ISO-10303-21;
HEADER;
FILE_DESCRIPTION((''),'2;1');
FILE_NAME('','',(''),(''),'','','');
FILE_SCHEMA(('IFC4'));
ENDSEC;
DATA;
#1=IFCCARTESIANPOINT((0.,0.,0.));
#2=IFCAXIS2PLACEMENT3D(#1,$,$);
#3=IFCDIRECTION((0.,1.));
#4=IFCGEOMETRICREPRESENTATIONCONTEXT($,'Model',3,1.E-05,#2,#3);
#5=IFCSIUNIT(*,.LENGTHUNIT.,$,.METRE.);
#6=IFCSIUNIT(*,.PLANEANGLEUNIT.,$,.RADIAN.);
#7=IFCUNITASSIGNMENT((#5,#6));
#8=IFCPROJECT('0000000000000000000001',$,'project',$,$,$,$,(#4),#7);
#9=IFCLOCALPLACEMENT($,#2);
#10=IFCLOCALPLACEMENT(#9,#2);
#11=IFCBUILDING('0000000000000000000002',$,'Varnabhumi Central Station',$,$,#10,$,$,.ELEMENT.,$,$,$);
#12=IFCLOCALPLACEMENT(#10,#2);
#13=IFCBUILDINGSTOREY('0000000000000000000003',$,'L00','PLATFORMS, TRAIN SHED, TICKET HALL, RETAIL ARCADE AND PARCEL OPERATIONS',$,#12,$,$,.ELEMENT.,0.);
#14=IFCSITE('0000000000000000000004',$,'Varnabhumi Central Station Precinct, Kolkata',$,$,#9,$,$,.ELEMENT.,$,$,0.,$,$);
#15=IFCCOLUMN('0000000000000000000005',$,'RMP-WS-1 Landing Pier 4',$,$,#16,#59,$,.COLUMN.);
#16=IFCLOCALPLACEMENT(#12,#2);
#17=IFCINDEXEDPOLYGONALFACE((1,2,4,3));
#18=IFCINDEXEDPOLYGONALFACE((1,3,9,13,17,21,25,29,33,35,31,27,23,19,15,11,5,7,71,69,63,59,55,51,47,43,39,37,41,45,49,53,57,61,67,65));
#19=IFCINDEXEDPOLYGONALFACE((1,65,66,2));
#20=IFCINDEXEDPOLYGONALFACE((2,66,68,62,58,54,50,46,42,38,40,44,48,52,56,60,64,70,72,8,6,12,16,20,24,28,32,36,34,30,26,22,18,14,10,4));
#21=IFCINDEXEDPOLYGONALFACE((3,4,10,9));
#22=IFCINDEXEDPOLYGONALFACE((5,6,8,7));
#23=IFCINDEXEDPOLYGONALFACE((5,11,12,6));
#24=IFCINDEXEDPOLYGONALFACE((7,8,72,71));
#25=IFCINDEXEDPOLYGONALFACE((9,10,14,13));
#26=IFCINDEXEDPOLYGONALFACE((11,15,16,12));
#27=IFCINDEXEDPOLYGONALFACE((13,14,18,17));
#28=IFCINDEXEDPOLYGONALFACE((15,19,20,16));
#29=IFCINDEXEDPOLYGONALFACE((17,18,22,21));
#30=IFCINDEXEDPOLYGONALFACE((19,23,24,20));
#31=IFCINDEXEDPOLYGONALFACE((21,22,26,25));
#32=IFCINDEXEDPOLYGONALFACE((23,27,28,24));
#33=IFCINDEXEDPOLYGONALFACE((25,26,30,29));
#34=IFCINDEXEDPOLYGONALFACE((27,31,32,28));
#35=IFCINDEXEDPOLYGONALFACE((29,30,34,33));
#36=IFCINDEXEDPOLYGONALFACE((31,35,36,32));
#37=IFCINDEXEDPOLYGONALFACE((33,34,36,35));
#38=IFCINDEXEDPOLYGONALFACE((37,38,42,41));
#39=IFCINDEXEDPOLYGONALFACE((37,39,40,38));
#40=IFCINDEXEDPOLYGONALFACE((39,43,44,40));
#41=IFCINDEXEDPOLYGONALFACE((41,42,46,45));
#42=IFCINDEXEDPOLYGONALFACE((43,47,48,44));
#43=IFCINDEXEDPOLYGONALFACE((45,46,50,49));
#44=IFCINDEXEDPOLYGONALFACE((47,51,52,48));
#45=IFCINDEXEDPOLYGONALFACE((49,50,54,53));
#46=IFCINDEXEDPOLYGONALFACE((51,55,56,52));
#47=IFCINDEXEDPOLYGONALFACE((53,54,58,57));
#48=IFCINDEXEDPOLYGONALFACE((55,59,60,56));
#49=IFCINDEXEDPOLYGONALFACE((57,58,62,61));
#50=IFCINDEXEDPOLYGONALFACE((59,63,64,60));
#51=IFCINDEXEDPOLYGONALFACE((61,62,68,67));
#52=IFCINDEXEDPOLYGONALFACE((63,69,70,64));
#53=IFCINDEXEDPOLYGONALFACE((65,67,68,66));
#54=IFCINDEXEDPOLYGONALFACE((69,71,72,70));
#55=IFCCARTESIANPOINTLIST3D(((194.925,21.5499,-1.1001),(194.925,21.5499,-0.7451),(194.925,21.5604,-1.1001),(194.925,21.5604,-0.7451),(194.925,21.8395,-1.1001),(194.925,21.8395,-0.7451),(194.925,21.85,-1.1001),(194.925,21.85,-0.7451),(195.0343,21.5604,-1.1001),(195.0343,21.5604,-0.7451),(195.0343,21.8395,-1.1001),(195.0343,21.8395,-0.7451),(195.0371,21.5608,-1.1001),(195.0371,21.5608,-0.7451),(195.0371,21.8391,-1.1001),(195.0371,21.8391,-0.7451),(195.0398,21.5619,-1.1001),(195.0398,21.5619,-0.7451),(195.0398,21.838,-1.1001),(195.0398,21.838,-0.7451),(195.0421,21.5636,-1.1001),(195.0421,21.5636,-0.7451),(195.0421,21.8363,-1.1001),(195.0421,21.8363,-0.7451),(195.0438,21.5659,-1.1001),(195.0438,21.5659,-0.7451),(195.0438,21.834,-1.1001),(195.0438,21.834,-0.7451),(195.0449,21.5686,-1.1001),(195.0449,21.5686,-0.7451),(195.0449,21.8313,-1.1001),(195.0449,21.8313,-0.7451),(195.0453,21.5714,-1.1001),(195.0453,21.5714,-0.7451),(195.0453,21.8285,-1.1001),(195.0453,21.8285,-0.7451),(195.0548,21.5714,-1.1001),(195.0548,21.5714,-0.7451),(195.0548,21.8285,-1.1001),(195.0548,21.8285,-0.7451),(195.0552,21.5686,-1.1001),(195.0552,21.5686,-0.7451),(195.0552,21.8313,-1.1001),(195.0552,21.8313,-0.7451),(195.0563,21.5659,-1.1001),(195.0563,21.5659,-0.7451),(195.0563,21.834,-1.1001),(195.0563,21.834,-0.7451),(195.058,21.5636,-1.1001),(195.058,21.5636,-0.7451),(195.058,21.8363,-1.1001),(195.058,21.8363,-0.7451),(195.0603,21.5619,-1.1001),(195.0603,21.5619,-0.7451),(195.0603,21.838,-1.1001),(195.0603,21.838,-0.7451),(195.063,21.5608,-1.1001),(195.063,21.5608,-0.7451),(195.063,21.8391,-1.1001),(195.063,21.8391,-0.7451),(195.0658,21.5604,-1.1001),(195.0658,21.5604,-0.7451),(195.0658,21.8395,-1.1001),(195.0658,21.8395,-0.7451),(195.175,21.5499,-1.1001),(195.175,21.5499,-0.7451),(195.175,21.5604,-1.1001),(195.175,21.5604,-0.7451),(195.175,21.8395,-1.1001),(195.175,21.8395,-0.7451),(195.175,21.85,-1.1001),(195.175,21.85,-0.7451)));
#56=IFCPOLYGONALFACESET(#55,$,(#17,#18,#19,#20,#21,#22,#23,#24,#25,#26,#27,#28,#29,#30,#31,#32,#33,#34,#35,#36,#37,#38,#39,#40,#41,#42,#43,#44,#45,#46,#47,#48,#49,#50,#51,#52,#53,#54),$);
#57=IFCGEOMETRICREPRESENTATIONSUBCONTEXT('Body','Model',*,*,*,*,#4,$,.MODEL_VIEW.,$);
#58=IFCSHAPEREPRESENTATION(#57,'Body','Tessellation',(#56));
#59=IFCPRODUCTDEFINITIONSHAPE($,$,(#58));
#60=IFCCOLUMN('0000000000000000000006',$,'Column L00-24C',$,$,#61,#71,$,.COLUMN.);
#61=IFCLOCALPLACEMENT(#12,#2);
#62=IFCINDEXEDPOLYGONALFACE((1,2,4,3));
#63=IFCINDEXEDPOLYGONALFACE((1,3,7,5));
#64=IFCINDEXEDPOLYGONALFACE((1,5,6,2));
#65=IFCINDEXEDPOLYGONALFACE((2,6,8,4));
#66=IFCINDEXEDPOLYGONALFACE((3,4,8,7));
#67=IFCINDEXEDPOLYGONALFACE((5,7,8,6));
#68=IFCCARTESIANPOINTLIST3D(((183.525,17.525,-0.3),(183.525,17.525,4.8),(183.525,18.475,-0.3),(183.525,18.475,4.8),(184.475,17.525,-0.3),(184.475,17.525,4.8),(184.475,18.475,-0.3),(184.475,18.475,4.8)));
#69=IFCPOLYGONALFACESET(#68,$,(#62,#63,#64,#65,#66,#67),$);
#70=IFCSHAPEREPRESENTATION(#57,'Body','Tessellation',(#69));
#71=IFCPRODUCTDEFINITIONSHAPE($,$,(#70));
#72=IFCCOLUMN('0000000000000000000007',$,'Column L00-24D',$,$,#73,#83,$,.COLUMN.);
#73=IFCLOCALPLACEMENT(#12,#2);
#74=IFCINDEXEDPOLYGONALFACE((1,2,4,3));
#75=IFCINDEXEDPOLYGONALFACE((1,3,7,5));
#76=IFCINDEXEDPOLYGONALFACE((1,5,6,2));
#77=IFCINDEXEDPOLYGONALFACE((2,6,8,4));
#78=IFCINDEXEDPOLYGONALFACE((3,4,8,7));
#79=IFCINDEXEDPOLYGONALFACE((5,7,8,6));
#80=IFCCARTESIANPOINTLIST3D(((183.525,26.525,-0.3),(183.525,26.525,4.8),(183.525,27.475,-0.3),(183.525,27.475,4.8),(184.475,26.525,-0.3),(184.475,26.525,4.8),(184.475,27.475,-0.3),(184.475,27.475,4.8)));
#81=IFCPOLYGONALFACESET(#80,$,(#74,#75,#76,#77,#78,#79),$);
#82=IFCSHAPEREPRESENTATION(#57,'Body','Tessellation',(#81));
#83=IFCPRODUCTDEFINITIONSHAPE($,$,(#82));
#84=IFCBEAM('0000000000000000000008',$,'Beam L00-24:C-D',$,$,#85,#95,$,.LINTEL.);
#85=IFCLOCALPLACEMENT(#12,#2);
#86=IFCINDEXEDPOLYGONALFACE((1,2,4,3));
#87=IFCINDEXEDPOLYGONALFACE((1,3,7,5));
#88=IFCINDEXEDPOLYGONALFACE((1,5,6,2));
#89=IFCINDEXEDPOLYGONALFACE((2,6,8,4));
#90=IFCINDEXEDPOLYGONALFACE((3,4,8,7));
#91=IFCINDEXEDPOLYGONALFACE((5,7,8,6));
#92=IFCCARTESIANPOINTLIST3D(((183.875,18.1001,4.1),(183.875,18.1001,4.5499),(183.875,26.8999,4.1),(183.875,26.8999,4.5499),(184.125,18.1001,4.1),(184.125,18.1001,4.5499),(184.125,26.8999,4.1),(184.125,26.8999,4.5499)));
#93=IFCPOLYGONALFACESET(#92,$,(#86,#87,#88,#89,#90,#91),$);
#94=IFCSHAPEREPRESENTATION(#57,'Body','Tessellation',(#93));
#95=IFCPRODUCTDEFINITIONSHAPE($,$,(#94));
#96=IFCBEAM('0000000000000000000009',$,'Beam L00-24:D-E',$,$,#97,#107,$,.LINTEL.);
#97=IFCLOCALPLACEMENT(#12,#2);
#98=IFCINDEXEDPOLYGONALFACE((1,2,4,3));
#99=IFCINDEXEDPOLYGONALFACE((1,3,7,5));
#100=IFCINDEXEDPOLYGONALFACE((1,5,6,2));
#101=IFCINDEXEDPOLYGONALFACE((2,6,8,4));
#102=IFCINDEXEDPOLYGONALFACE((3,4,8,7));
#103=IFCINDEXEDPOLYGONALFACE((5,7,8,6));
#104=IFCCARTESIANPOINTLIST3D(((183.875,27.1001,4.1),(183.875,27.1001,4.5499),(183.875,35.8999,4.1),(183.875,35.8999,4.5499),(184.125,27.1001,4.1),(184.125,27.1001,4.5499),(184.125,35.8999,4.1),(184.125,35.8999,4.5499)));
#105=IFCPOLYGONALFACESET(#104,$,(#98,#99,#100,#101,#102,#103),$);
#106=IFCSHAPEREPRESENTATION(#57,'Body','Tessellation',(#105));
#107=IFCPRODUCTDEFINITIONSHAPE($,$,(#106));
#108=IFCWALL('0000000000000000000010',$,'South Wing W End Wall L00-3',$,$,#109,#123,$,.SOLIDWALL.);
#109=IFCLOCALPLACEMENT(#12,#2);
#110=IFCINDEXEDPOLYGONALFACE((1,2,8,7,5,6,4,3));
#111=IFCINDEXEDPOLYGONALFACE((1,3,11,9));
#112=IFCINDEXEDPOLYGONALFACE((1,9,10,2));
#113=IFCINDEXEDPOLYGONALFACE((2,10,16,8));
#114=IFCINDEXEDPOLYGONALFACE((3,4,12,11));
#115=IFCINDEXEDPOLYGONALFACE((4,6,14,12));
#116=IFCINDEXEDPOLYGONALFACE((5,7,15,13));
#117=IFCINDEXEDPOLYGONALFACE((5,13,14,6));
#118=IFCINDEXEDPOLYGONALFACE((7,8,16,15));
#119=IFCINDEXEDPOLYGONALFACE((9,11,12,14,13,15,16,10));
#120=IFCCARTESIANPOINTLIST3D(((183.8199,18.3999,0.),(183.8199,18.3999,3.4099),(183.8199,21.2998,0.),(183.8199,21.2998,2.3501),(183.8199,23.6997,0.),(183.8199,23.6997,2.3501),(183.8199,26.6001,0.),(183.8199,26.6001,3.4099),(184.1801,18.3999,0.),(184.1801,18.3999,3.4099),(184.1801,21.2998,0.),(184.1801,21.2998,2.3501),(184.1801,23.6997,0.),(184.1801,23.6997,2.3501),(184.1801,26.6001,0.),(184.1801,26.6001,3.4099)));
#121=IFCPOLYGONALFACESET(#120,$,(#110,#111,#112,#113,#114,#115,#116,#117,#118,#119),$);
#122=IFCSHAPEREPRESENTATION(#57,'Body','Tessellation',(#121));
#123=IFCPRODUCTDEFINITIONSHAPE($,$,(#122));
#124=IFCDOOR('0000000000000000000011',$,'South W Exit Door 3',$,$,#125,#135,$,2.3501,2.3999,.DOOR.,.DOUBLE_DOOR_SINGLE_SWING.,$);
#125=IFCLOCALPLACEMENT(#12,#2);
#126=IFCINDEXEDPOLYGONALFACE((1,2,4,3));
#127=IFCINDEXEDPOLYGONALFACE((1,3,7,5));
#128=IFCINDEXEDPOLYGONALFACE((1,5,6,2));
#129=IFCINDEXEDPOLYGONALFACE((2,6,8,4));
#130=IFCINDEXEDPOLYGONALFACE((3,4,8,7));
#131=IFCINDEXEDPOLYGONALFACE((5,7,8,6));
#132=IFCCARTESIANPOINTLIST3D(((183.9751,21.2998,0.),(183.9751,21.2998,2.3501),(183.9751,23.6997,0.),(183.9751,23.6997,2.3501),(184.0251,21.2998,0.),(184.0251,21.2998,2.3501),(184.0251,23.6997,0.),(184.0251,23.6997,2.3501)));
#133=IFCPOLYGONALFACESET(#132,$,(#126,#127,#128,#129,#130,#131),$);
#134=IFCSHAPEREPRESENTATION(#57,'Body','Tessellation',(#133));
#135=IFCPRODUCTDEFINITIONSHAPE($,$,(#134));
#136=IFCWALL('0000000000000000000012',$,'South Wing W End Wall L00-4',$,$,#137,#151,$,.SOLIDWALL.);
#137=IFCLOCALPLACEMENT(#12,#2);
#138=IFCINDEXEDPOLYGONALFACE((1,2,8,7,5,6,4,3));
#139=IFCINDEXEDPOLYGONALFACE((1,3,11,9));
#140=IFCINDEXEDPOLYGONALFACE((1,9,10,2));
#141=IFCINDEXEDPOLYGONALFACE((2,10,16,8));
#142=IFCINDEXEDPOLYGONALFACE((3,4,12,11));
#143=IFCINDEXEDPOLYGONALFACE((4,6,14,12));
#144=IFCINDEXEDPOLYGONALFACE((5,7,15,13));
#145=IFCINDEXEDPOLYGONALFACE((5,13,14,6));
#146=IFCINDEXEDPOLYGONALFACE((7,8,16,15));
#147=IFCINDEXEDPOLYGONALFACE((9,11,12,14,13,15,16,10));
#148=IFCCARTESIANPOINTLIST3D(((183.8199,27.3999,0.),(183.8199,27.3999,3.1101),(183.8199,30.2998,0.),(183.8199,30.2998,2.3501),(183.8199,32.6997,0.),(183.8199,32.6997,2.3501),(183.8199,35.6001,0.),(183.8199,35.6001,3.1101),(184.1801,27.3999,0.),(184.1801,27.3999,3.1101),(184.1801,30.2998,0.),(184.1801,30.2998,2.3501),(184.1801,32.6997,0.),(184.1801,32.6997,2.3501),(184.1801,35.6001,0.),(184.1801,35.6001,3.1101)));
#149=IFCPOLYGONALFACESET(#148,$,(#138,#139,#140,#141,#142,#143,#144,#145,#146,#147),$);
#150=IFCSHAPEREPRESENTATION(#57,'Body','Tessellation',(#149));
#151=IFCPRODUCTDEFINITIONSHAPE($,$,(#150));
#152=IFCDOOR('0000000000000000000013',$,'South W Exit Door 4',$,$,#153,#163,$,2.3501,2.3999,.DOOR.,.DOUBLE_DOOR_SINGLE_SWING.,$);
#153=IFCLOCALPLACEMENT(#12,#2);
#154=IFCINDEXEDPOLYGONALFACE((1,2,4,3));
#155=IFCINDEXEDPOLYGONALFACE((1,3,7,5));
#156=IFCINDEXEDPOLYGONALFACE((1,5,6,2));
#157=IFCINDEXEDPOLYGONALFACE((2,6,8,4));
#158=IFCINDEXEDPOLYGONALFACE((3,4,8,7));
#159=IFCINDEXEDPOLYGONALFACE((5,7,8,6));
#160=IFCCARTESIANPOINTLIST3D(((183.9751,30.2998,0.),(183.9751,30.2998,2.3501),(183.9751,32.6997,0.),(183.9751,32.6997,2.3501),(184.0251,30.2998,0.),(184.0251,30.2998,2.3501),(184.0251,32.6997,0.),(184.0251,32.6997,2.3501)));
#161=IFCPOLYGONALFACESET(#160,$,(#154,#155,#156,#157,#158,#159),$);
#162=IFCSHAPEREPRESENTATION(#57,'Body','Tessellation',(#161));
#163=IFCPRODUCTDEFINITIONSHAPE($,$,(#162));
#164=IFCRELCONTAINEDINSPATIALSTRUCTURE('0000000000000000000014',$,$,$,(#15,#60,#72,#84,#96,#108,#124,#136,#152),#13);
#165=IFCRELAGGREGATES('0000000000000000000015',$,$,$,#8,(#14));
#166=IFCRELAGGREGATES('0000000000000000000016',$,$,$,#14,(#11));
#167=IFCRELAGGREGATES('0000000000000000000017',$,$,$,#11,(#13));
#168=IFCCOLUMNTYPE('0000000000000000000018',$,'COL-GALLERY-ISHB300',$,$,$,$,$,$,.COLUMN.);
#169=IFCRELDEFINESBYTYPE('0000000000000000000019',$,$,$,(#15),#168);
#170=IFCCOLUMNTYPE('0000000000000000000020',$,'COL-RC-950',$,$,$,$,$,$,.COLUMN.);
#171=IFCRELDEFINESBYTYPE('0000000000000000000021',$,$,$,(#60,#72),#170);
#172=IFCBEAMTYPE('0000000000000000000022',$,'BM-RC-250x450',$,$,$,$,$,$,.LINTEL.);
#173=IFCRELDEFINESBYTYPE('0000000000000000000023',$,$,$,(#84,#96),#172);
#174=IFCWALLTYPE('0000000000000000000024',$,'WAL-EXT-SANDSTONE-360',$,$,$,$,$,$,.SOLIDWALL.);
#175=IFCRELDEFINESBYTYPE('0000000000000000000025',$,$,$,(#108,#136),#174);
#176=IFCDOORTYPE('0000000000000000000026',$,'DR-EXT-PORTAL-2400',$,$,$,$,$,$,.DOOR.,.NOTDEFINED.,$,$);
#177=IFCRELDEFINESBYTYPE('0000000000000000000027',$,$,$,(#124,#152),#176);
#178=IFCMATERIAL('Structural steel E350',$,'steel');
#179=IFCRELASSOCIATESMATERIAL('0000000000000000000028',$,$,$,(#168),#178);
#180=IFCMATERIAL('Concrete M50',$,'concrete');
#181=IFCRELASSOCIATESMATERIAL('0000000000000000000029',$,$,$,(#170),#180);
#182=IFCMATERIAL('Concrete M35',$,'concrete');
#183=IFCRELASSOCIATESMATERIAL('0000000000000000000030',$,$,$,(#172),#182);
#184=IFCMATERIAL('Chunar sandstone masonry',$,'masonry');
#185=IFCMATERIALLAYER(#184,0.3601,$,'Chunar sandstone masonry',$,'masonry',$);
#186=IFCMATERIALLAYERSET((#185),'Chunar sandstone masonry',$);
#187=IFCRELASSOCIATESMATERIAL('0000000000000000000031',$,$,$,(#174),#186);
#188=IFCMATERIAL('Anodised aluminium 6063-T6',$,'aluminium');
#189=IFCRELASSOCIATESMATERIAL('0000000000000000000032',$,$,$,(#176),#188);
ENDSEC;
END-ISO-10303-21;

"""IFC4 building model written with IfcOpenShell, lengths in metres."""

from ifc_helpers import new_model, si_unit, direction, frame, frame_2d, origin, origin_2d, place, context, subcontext, project, spatial, rectangle, i_section, extrude, material, layer, layer_set, material_profile, profile_set, type_object, element, fill, save


model = new_model("IFC4")

# Units and contexts
model_context = context("Model", 3, precision=1e-05, world=origin(), true_north=direction((0.0, 1.0)))
body_context = subcontext(model_context, "Body", "Model", "MODEL_VIEW")
ifc_project = project(units=[si_unit("LENGTHUNIT", "METRE"), si_unit("PLANEANGLEUNIT", "RADIAN")], contexts=[model_context])

# Site, building, storey
site_placement = place(None, origin())
site = spatial("IfcSite", under=ifc_project, at=site_placement, Name="Varnabhumi Central Station Precinct, Kolkata", CompositionType="ELEMENT", RefElevation=0.0)
building_placement = place(site_placement, origin())
building = spatial("IfcBuilding", under=site, at=building_placement, Name="Varnabhumi Central Station", CompositionType="ELEMENT")
storey_placement = place(building_placement, origin())
storey = spatial("IfcBuildingStorey", under=building, at=storey_placement, Name="L00", Description="PLATFORMS, TRAIN SHED, TICKET HALL, RETAIL ARCADE AND PARCEL OPERATIONS", CompositionType="ELEMENT", Elevation=0.0)

# Shared definitions
ifc_material_1 = material(Name="Concrete M35", Category="concrete")

# Columns
ifc_material_2 = material(Name="Structural steel E350", Category="steel")
ifc_material_profile_1 = material_profile(ifc_material_2, i_section(OverallWidth=0.25, OverallDepth=0.3, WebThickness=0.0095, FlangeThickness=0.0105, FilletRadius=0.011, at=origin_2d()), Name="Structural steel E350", Category="steel")
ifc_profile_set_1 = profile_set([ifc_material_profile_1], Name="Structural steel E350")
column_type_1 = type_object("IfcColumnType", Name="COL-GALLERY-ISHB300", PredefinedType="COLUMN", material=ifc_profile_set_1)
for number, where, z_axis, x_axis, name in (
    (1, (195.05, 21.7, -1.1001), (0.0, 0.0, 1.0), (1.0, 0.0, 0.0), "RMP-WS-1 Landing Pier 4"),
):
    element("IfcColumn", number, at=place(storey_placement, frame(where, z_axis=z_axis, x_axis=x_axis)), inside=storey, type_object=column_type_1, Name=name, PredefinedType="COLUMN", context=body_context, shape_type="SweptSolid", body=[
        extrude(i_section(OverallWidth=0.25, OverallDepth=0.3, WebThickness=0.0095, FlangeThickness=0.0105, FilletRadius=0.011, at=origin_2d()), origin(), (0.0, 0.0, 1.0), 0.355),
    ])
ifc_material_3 = material(Name="Concrete M50", Category="concrete")
ifc_material_profile_2 = material_profile(ifc_material_3, rectangle(XDim=0.95, YDim=0.95, at=origin_2d()), Name="Concrete M50", Category="concrete")
ifc_profile_set_2 = profile_set([ifc_material_profile_2], Name="Concrete M50")
column_type_2 = type_object("IfcColumnType", Name="COL-RC-950", PredefinedType="COLUMN", material=ifc_profile_set_2)
for number, where, z_axis, x_axis, name in (
    (2, (184.0, 18.0, -0.3), (0.0, 0.0, 1.0), (1.0, 0.0, 0.0), "Column L00-24C"),
    (3, (184.0, 27.0, -0.3), (0.0, 0.0, 1.0), (1.0, 0.0, 0.0), "Column L00-24D"),
):
    element("IfcColumn", number, at=place(storey_placement, frame(where, z_axis=z_axis, x_axis=x_axis)), inside=storey, type_object=column_type_2, Name=name, PredefinedType="COLUMN", context=body_context, shape_type="SweptSolid", body=[
        extrude(rectangle(XDim=0.95, YDim=0.95, at=origin_2d()), origin(), (0.0, 0.0, 1.0), 5.1001),
    ])

# Beams
ifc_material_profile_3 = material_profile(ifc_material_1, rectangle(XDim=0.25, YDim=0.45, at=origin_2d()), Name="Concrete M35", Category="concrete")
ifc_profile_set_3 = profile_set([ifc_material_profile_3], Name="Concrete M35")
beam_type = type_object("IfcBeamType", Name="BM-RC-250x450", PredefinedType="LINTEL", material=ifc_profile_set_3)
for number, where, z_axis, x_axis, name in (
    (4, (184.0, 18.1001, 4.325), (0.0, 1.0, 0.0), (-1.0, 0.0, 0.0), "Beam L00-24:C-D"),
    (5, (184.0, 27.1001, 4.325), (0.0, 1.0, 0.0), (-1.0, 0.0, 0.0), "Beam L00-24:D-E"),
):
    element("IfcBeam", number, at=place(storey_placement, frame(where, z_axis=z_axis, x_axis=x_axis)), inside=storey, type_object=beam_type, Name=name, PredefinedType="LINTEL", context=body_context, shape_type="SweptSolid", body=[
        extrude(rectangle(XDim=0.25, YDim=0.45, at=origin_2d()), origin(), (0.0, 0.0, 1.0), 8.7998),
    ])

# Walls, openings, doors
ifc_material_4 = material(Name="Chunar sandstone masonry", Category="masonry")
ifc_layer_1 = layer(ifc_material_4, 0.3601, Name="Chunar sandstone masonry", Category="masonry")
ifc_layer_set_1 = layer_set([ifc_layer_1], Name="Chunar sandstone masonry")
wall_type = type_object("IfcWallType", Name="WAL-EXT-SANDSTONE-360", PredefinedType="SOLIDWALL", material=ifc_layer_set_1)
wall_1_placement = place(storey_placement, frame((184.0, 18.3999, 0.0), z_axis=(0.0, 0.0, 1.0), x_axis=(0.0, 1.0, 0.0)))
wall_1 = element("IfcWall", 6, at=wall_1_placement, inside=storey, type_object=wall_type, Name="South Wing W End Wall L00-3", PredefinedType="SOLIDWALL", context=body_context, shape_type="SweptSolid", body=[
    extrude(rectangle(XDim=8.2002, YDim=0.3601, at=frame_2d((4.1001, 0.0))), origin(), (0.0, 0.0, 1.0), 3.4099),
])
opening_1_placement = place(wall_1_placement, frame((2.8999, 0.0, 0.0)))
opening_1 = element("IfcOpeningElement", 7, at=opening_1_placement, cuts=wall_1, PredefinedType="OPENING", context=body_context, shape_type="SweptSolid", body=[
    extrude(rectangle(XDim=2.3999, YDim=2.3501, at=frame_2d((1.2, 1.175))), frame((0.0, 0.1899, 0.0), z_axis=(0.0, -1.0, 0.0), x_axis=(1.0, 0.0, 0.0)), (0.0, 0.0, 1.0), 0.3801),
])
ifc_material_5 = material(Name="Anodised aluminium 6063-T6", Category="aluminium")
door_type = type_object("IfcDoorType", Name="DR-EXT-PORTAL-2400", OperationType="NOTDEFINED", PredefinedType="DOOR", material=ifc_material_5)
door_1_placement = place(opening_1_placement, origin())
door_1 = element("IfcDoor", 8, at=door_1_placement, inside=storey, type_object=door_type, Name="South W Exit Door 3", OperationType="DOUBLE_DOOR_SINGLE_SWING", OverallHeight=2.3501, OverallWidth=2.3999, PredefinedType="DOOR", context=body_context, shape_type="SweptSolid", body=[
    extrude(rectangle(XDim=2.3999, YDim=2.3501, at=frame_2d((1.2, 1.175))), frame((0.0, 0.0249, 0.0), z_axis=(0.0, -1.0, 0.0), x_axis=(1.0, 0.0, 0.0)), (0.0, 0.0, 1.0), 0.05),
])
fill(opening_1, door_1)
wall_2_placement = place(storey_placement, frame((184.0, 27.3999, 0.0), z_axis=(0.0, 0.0, 1.0), x_axis=(0.0, 1.0, 0.0)))
wall_2 = element("IfcWall", 9, at=wall_2_placement, inside=storey, type_object=wall_type, Name="South Wing W End Wall L00-4", PredefinedType="SOLIDWALL", context=body_context, shape_type="SweptSolid", body=[
    extrude(rectangle(XDim=8.2002, YDim=0.3601, at=frame_2d((4.1001, 0.0))), origin(), (0.0, 0.0, 1.0), 3.1101),
])
opening_2_placement = place(wall_2_placement, frame((2.8999, 0.0, 0.0)))
opening_2 = element("IfcOpeningElement", 10, at=opening_2_placement, cuts=wall_2, PredefinedType="OPENING", context=body_context, shape_type="SweptSolid", body=[
    extrude(rectangle(XDim=2.3999, YDim=2.3501, at=frame_2d((1.2, 1.175))), frame((0.0, 0.1899, 0.0), z_axis=(0.0, -1.0, 0.0), x_axis=(1.0, 0.0, 0.0)), (0.0, 0.0, 1.0), 0.3801),
])
door_2_placement = place(opening_2_placement, origin())
door_2 = element("IfcDoor", 11, at=door_2_placement, inside=storey, type_object=door_type, Name="South W Exit Door 4", OperationType="DOUBLE_DOOR_SINGLE_SWING", OverallHeight=2.3501, OverallWidth=2.3999, PredefinedType="DOOR", context=body_context, shape_type="SweptSolid", body=[
    extrude(rectangle(XDim=2.3999, YDim=2.3501, at=frame_2d((1.2, 1.175))), frame((0.0, 0.0249, 0.0), z_axis=(0.0, -1.0, 0.0), x_axis=(1.0, 0.0, 0.0)), (0.0, 0.0, 1.0), 0.05),
])
fill(opening_2, door_2)

save(model, "model.ifc")
